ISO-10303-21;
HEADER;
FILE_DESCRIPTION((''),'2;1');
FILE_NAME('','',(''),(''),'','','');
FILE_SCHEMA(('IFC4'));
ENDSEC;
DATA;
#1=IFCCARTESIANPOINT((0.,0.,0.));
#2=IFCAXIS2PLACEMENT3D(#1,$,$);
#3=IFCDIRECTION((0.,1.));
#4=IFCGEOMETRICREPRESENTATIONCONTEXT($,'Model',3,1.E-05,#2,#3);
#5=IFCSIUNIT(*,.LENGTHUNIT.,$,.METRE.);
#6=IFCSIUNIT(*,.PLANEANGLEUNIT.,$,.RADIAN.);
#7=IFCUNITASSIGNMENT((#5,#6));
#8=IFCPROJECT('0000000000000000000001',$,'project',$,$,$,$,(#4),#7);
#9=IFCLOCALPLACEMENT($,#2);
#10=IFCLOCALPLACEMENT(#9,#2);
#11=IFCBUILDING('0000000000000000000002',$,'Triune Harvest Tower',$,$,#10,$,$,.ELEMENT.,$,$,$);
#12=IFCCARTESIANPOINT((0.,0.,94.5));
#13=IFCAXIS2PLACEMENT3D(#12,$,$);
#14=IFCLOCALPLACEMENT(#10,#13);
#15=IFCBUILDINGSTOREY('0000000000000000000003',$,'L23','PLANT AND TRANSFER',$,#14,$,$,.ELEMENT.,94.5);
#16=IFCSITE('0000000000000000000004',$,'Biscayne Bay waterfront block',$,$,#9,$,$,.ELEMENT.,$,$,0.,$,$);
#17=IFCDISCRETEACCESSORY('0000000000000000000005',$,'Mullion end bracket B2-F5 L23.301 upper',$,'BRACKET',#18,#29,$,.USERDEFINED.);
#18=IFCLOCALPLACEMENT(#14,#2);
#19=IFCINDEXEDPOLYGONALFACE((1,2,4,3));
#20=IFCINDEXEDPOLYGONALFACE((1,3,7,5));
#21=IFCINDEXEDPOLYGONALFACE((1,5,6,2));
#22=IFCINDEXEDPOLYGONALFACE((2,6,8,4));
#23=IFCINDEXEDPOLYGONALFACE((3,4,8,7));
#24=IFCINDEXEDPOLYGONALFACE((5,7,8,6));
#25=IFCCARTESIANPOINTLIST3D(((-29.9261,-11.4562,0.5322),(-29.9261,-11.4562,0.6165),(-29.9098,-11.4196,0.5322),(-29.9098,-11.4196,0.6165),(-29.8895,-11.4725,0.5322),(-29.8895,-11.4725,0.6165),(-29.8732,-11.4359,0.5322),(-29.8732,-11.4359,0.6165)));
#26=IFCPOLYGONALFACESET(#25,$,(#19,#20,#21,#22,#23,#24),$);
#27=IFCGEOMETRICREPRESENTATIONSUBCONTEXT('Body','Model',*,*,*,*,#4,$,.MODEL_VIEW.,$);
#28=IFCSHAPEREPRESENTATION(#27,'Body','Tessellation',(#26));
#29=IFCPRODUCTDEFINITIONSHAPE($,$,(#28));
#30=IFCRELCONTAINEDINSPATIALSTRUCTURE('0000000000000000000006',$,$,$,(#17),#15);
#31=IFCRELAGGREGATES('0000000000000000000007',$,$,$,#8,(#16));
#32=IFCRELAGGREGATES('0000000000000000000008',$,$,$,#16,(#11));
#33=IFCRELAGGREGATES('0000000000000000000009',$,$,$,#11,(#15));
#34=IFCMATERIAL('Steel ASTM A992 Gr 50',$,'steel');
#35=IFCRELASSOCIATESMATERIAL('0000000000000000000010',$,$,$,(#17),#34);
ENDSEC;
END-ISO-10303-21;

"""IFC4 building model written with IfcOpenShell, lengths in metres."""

from ifc_helpers import new_model, si_unit, direction, frame, origin, origin_2d, place, context, subcontext, project, spatial, rectangle, extrude, source, transform, mapped, material, element, save


model = new_model("IFC4")

# Units and contexts
model_context = context("Model", 3, precision=1e-05, world=origin(), true_north=direction((0.0, 1.0)))
body_context = subcontext(model_context, "Body", "Model", "MODEL_VIEW")
ifc_project = project(units=[si_unit("LENGTHUNIT", "METRE"), si_unit("PLANEANGLEUNIT", "RADIAN")], contexts=[model_context])

# Site, building, storey
site_placement = place(None, origin())
site = spatial("IfcSite", under=ifc_project, at=site_placement, Name="Biscayne Bay waterfront block", CompositionType="ELEMENT", RefElevation=0.0)
building_placement = place(site_placement, origin())
building = spatial("IfcBuilding", under=site, at=building_placement, Name="Triune Harvest Tower", CompositionType="ELEMENT")
storey_placement = place(building_placement, frame((0.0, 0.0, 94.5)))
storey = spatial("IfcBuildingStorey", under=building, at=storey_placement, Name="L23", Description="PLANT AND TRANSFER", CompositionType="ELEMENT", Elevation=94.5)

# Discrete accessory
ifc_material_1 = material(Name="Steel ASTM A992 Gr 50", Category="steel")
shared_shape_1 = source(origin(), body_context, "Body", "SweptSolid", [
    extrude(rectangle(XDim=0.04, YDim=0.04, at=origin_2d()), origin(), (0.0, 0.0, 1.0), 0.0842),
])
for number, where, z_axis, x_axis, name in (
    (1, (-29.8997, -11.446, 0.5322), (0.0, 0.0, 1.0), (0.913542, -0.406745, 0.0), "Mullion end bracket B2-F5 L23.301 upper"),
):
    element("IfcDiscreteAccessory", number, at=place(storey_placement, frame(where, z_axis=z_axis, x_axis=x_axis)), inside=storey, material=ifc_material_1, Name=name, ObjectType="BRACKET", PredefinedType="USERDEFINED", context=body_context, shape_type="MappedRepresentation", body=[
        mapped(shared_shape_1, transform((0.0, 0.0, 0.0), scale=1.0)),
    ])

save(model, "model.ifc")
